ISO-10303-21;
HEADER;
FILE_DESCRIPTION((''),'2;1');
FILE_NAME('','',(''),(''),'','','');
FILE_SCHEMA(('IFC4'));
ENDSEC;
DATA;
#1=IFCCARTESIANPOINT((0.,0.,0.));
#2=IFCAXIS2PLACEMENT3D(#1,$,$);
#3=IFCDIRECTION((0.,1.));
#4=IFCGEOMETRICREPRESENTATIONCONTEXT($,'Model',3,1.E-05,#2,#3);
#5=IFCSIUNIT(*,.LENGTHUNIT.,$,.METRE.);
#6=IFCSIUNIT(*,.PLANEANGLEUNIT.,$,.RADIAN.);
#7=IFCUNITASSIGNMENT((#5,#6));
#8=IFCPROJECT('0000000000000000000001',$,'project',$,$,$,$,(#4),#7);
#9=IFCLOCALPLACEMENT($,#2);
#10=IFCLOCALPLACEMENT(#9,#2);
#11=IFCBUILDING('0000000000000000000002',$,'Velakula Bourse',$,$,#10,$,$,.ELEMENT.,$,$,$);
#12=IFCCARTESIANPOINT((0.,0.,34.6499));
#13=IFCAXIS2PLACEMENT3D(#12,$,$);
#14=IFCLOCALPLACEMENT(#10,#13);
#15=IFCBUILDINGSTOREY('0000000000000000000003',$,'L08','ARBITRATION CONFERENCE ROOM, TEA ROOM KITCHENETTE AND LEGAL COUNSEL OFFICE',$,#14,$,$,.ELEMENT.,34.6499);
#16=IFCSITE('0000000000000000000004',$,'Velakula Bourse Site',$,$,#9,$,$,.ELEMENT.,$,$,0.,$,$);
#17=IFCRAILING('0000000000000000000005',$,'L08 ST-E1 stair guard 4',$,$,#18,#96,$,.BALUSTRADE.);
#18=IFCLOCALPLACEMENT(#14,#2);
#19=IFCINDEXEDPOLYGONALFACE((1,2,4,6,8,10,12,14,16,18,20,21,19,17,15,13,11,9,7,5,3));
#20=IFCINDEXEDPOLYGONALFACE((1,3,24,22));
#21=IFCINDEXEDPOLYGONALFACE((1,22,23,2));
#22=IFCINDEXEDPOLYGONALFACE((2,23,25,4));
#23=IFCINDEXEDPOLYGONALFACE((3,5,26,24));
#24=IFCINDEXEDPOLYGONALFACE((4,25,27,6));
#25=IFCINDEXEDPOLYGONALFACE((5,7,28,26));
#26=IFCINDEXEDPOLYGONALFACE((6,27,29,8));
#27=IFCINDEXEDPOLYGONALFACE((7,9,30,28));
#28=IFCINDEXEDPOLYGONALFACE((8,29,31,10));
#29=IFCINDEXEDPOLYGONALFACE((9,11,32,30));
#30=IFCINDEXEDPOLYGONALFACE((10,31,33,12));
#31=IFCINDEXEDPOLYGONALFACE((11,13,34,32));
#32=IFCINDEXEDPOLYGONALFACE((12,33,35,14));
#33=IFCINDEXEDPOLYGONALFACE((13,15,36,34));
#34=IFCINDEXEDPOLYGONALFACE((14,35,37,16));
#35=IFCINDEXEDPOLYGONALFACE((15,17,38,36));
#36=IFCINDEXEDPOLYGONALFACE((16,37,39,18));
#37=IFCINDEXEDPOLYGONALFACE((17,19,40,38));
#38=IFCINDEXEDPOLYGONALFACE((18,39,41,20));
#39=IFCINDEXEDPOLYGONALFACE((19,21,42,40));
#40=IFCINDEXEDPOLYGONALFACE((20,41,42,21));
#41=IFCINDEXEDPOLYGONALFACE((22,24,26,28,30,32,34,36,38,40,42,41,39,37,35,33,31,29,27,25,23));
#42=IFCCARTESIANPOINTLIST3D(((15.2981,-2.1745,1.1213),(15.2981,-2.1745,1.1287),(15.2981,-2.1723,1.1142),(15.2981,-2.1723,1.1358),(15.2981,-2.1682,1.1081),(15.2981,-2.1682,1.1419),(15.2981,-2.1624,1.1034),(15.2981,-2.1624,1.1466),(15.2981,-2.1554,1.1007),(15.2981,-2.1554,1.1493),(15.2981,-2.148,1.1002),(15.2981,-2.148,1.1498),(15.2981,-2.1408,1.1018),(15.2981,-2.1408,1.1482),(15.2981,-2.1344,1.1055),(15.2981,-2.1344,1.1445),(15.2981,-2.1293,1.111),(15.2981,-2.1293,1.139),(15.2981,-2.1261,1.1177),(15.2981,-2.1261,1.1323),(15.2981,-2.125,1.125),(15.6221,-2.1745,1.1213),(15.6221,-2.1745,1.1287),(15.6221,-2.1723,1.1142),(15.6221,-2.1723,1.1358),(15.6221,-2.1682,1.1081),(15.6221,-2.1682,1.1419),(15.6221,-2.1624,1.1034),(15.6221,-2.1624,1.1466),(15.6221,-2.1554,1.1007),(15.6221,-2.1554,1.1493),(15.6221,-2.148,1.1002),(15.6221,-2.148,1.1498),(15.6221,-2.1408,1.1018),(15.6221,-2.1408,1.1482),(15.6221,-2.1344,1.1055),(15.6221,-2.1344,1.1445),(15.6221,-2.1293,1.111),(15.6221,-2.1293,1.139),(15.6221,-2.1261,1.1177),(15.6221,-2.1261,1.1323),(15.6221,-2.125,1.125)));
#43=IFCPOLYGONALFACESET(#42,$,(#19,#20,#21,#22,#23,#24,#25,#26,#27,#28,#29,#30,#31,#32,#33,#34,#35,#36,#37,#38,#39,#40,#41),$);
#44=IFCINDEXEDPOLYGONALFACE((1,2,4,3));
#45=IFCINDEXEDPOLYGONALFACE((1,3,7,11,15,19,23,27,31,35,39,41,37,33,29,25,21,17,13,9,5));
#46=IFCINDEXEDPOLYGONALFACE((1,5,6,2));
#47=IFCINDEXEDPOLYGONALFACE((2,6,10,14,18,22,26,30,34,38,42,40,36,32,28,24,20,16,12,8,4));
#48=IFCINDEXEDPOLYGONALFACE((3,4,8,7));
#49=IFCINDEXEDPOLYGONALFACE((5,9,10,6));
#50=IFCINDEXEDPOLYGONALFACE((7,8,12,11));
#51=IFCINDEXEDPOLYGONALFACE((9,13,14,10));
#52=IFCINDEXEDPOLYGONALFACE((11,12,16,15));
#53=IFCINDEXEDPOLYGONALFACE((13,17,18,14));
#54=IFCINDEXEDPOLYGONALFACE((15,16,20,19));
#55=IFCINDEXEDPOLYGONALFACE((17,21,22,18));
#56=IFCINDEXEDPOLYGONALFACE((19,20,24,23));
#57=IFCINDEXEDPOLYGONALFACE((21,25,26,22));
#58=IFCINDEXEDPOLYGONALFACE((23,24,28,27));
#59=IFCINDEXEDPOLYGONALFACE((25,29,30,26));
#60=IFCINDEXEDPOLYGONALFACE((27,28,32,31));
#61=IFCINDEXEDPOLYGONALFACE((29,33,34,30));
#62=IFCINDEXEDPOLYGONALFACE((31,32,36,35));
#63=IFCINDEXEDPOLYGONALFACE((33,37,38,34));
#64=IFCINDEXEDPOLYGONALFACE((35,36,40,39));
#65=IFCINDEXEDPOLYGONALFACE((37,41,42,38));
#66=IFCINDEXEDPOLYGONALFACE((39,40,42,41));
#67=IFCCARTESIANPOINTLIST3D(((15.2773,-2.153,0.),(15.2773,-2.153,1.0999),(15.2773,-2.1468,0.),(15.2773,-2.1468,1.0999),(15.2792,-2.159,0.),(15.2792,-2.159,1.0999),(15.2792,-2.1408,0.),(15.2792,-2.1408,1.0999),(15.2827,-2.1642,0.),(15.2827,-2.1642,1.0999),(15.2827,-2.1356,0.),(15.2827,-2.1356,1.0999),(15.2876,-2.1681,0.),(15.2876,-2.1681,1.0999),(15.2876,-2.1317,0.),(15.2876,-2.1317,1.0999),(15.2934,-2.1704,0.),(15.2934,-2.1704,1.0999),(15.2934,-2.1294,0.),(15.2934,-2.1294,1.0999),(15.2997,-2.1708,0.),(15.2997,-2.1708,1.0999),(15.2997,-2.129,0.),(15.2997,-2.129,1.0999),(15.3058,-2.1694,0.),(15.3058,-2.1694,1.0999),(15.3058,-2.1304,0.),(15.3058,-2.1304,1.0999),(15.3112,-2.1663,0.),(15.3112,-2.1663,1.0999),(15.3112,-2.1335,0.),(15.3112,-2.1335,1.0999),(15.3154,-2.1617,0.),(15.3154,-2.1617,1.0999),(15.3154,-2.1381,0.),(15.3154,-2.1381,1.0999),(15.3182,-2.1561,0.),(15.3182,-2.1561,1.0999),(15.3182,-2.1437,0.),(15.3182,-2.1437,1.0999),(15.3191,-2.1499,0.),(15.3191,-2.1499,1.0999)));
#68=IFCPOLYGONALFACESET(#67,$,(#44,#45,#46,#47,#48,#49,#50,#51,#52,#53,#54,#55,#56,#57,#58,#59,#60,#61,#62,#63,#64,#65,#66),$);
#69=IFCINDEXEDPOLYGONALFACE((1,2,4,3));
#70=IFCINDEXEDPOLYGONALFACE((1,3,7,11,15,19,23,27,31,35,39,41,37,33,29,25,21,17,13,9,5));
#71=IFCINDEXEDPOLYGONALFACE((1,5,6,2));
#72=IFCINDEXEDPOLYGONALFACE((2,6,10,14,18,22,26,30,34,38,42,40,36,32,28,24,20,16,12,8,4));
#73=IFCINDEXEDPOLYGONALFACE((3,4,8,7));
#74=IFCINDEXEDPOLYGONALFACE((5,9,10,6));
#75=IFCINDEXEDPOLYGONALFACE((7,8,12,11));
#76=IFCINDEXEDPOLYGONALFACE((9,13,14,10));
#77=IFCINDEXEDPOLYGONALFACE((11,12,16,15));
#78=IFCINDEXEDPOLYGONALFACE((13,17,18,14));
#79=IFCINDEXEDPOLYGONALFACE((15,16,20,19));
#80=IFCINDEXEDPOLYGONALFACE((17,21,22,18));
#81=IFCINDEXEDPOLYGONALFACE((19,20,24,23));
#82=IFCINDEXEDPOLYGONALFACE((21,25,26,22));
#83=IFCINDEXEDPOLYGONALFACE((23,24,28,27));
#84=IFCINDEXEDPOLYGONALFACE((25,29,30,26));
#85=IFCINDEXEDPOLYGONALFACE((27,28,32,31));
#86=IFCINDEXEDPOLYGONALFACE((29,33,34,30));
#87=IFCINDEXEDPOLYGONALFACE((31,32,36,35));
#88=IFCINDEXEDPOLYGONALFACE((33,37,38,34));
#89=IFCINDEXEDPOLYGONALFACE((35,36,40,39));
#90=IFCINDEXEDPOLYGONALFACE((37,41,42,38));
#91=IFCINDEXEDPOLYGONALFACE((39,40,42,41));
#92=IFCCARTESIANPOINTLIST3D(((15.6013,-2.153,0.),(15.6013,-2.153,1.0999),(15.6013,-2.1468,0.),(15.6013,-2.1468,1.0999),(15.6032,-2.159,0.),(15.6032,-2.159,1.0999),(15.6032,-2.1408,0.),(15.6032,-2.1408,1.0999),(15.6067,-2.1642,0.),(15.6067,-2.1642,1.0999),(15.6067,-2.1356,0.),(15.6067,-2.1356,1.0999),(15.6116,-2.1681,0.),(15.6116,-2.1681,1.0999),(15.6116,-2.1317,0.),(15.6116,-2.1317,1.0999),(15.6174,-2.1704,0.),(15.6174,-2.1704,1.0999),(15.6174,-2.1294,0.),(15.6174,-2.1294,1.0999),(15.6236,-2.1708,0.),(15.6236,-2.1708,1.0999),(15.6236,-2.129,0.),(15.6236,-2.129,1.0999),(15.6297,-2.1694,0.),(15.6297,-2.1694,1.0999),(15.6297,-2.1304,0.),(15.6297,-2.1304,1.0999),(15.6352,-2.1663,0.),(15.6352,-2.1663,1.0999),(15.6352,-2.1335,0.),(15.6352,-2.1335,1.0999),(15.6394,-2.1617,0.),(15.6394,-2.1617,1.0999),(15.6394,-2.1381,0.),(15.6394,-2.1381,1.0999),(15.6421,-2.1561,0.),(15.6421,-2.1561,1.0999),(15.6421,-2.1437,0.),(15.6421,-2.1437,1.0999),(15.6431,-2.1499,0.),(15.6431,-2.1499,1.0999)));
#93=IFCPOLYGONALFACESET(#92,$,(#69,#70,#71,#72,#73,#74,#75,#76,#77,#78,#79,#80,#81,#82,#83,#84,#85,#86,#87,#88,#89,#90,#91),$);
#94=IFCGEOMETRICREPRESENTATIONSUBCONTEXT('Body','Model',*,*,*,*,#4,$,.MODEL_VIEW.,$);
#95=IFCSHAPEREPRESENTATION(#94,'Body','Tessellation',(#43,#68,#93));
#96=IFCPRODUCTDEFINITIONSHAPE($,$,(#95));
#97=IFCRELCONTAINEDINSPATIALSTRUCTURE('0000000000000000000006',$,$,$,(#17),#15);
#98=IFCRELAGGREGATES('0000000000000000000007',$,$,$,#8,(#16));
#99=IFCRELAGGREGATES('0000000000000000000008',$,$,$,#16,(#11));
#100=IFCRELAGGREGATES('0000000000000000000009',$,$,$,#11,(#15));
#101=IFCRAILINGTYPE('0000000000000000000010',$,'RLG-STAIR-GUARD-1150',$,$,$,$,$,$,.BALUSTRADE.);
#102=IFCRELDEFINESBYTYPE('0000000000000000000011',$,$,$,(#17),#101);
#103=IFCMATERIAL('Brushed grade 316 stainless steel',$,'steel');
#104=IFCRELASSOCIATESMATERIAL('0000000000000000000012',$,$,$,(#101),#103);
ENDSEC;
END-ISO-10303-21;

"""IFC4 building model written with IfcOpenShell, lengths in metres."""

from ifc_helpers import new_model, si_unit, direction, frame, origin, origin_2d, place, context, subcontext, project, spatial, circle, extrude, material, type_object, element, save


model = new_model("IFC4")

# Units and contexts
model_context = context("Model", 3, precision=1e-05, world=origin(), true_north=direction((0.0, 1.0)))
body_context = subcontext(model_context, "Body", "Model", "MODEL_VIEW")
ifc_project = project(units=[si_unit("LENGTHUNIT", "METRE"), si_unit("PLANEANGLEUNIT", "RADIAN")], contexts=[model_context])

# Site, building, storey
site_placement = place(None, origin())
site = spatial("IfcSite", under=ifc_project, at=site_placement, Name="Velakula Bourse Site", CompositionType="ELEMENT", RefElevation=0.0)
building_placement = place(site_placement, origin())
building = spatial("IfcBuilding", under=site, at=building_placement, Name="Velakula Bourse", CompositionType="ELEMENT")
storey_placement = place(building_placement, frame((0.0, 0.0, 34.6499)))
storey = spatial("IfcBuildingStorey", under=building, at=storey_placement, Name="L08", Description="ARBITRATION CONFERENCE ROOM, TEA ROOM KITCHENETTE AND LEGAL COUNSEL OFFICE", CompositionType="ELEMENT", Elevation=34.6499)

# Shared definitions
ifc_material_1 = material(Name="Brushed grade 316 stainless steel", Category="steel")

# Railing
railing_type_1 = type_object("IfcRailingType", Name="RLG-STAIR-GUARD-1150", PredefinedType="BALUSTRADE", material=ifc_material_1)
railing_1_placement = place(storey_placement, frame((15.2981, -2.1499, 0.0)))
element("IfcRailing", 1, at=railing_1_placement, inside=storey, type_object=railing_type_1, Name="L08 ST-E1 stair guard 4", PredefinedType="BALUSTRADE", context=body_context, shape_type="SweptSolid", body=[
    extrude(circle(Radius=0.0249, at=origin_2d()), frame((0.0, 0.0, 1.125), z_axis=(1.0, 0.0, 0.0), x_axis=(0.0, 1.0, 0.0)), (0.0, 0.0, 1.0), 0.324),
    extrude(circle(Radius=0.021, at=origin_2d()), origin(), (0.0, 0.0, 1.0), 1.0999),
    extrude(circle(Radius=0.021, at=origin_2d()), frame((0.324, 0.0, 0.0)), (0.0, 0.0, 1.0), 1.0999),
])

save(model, "model.ifc")
